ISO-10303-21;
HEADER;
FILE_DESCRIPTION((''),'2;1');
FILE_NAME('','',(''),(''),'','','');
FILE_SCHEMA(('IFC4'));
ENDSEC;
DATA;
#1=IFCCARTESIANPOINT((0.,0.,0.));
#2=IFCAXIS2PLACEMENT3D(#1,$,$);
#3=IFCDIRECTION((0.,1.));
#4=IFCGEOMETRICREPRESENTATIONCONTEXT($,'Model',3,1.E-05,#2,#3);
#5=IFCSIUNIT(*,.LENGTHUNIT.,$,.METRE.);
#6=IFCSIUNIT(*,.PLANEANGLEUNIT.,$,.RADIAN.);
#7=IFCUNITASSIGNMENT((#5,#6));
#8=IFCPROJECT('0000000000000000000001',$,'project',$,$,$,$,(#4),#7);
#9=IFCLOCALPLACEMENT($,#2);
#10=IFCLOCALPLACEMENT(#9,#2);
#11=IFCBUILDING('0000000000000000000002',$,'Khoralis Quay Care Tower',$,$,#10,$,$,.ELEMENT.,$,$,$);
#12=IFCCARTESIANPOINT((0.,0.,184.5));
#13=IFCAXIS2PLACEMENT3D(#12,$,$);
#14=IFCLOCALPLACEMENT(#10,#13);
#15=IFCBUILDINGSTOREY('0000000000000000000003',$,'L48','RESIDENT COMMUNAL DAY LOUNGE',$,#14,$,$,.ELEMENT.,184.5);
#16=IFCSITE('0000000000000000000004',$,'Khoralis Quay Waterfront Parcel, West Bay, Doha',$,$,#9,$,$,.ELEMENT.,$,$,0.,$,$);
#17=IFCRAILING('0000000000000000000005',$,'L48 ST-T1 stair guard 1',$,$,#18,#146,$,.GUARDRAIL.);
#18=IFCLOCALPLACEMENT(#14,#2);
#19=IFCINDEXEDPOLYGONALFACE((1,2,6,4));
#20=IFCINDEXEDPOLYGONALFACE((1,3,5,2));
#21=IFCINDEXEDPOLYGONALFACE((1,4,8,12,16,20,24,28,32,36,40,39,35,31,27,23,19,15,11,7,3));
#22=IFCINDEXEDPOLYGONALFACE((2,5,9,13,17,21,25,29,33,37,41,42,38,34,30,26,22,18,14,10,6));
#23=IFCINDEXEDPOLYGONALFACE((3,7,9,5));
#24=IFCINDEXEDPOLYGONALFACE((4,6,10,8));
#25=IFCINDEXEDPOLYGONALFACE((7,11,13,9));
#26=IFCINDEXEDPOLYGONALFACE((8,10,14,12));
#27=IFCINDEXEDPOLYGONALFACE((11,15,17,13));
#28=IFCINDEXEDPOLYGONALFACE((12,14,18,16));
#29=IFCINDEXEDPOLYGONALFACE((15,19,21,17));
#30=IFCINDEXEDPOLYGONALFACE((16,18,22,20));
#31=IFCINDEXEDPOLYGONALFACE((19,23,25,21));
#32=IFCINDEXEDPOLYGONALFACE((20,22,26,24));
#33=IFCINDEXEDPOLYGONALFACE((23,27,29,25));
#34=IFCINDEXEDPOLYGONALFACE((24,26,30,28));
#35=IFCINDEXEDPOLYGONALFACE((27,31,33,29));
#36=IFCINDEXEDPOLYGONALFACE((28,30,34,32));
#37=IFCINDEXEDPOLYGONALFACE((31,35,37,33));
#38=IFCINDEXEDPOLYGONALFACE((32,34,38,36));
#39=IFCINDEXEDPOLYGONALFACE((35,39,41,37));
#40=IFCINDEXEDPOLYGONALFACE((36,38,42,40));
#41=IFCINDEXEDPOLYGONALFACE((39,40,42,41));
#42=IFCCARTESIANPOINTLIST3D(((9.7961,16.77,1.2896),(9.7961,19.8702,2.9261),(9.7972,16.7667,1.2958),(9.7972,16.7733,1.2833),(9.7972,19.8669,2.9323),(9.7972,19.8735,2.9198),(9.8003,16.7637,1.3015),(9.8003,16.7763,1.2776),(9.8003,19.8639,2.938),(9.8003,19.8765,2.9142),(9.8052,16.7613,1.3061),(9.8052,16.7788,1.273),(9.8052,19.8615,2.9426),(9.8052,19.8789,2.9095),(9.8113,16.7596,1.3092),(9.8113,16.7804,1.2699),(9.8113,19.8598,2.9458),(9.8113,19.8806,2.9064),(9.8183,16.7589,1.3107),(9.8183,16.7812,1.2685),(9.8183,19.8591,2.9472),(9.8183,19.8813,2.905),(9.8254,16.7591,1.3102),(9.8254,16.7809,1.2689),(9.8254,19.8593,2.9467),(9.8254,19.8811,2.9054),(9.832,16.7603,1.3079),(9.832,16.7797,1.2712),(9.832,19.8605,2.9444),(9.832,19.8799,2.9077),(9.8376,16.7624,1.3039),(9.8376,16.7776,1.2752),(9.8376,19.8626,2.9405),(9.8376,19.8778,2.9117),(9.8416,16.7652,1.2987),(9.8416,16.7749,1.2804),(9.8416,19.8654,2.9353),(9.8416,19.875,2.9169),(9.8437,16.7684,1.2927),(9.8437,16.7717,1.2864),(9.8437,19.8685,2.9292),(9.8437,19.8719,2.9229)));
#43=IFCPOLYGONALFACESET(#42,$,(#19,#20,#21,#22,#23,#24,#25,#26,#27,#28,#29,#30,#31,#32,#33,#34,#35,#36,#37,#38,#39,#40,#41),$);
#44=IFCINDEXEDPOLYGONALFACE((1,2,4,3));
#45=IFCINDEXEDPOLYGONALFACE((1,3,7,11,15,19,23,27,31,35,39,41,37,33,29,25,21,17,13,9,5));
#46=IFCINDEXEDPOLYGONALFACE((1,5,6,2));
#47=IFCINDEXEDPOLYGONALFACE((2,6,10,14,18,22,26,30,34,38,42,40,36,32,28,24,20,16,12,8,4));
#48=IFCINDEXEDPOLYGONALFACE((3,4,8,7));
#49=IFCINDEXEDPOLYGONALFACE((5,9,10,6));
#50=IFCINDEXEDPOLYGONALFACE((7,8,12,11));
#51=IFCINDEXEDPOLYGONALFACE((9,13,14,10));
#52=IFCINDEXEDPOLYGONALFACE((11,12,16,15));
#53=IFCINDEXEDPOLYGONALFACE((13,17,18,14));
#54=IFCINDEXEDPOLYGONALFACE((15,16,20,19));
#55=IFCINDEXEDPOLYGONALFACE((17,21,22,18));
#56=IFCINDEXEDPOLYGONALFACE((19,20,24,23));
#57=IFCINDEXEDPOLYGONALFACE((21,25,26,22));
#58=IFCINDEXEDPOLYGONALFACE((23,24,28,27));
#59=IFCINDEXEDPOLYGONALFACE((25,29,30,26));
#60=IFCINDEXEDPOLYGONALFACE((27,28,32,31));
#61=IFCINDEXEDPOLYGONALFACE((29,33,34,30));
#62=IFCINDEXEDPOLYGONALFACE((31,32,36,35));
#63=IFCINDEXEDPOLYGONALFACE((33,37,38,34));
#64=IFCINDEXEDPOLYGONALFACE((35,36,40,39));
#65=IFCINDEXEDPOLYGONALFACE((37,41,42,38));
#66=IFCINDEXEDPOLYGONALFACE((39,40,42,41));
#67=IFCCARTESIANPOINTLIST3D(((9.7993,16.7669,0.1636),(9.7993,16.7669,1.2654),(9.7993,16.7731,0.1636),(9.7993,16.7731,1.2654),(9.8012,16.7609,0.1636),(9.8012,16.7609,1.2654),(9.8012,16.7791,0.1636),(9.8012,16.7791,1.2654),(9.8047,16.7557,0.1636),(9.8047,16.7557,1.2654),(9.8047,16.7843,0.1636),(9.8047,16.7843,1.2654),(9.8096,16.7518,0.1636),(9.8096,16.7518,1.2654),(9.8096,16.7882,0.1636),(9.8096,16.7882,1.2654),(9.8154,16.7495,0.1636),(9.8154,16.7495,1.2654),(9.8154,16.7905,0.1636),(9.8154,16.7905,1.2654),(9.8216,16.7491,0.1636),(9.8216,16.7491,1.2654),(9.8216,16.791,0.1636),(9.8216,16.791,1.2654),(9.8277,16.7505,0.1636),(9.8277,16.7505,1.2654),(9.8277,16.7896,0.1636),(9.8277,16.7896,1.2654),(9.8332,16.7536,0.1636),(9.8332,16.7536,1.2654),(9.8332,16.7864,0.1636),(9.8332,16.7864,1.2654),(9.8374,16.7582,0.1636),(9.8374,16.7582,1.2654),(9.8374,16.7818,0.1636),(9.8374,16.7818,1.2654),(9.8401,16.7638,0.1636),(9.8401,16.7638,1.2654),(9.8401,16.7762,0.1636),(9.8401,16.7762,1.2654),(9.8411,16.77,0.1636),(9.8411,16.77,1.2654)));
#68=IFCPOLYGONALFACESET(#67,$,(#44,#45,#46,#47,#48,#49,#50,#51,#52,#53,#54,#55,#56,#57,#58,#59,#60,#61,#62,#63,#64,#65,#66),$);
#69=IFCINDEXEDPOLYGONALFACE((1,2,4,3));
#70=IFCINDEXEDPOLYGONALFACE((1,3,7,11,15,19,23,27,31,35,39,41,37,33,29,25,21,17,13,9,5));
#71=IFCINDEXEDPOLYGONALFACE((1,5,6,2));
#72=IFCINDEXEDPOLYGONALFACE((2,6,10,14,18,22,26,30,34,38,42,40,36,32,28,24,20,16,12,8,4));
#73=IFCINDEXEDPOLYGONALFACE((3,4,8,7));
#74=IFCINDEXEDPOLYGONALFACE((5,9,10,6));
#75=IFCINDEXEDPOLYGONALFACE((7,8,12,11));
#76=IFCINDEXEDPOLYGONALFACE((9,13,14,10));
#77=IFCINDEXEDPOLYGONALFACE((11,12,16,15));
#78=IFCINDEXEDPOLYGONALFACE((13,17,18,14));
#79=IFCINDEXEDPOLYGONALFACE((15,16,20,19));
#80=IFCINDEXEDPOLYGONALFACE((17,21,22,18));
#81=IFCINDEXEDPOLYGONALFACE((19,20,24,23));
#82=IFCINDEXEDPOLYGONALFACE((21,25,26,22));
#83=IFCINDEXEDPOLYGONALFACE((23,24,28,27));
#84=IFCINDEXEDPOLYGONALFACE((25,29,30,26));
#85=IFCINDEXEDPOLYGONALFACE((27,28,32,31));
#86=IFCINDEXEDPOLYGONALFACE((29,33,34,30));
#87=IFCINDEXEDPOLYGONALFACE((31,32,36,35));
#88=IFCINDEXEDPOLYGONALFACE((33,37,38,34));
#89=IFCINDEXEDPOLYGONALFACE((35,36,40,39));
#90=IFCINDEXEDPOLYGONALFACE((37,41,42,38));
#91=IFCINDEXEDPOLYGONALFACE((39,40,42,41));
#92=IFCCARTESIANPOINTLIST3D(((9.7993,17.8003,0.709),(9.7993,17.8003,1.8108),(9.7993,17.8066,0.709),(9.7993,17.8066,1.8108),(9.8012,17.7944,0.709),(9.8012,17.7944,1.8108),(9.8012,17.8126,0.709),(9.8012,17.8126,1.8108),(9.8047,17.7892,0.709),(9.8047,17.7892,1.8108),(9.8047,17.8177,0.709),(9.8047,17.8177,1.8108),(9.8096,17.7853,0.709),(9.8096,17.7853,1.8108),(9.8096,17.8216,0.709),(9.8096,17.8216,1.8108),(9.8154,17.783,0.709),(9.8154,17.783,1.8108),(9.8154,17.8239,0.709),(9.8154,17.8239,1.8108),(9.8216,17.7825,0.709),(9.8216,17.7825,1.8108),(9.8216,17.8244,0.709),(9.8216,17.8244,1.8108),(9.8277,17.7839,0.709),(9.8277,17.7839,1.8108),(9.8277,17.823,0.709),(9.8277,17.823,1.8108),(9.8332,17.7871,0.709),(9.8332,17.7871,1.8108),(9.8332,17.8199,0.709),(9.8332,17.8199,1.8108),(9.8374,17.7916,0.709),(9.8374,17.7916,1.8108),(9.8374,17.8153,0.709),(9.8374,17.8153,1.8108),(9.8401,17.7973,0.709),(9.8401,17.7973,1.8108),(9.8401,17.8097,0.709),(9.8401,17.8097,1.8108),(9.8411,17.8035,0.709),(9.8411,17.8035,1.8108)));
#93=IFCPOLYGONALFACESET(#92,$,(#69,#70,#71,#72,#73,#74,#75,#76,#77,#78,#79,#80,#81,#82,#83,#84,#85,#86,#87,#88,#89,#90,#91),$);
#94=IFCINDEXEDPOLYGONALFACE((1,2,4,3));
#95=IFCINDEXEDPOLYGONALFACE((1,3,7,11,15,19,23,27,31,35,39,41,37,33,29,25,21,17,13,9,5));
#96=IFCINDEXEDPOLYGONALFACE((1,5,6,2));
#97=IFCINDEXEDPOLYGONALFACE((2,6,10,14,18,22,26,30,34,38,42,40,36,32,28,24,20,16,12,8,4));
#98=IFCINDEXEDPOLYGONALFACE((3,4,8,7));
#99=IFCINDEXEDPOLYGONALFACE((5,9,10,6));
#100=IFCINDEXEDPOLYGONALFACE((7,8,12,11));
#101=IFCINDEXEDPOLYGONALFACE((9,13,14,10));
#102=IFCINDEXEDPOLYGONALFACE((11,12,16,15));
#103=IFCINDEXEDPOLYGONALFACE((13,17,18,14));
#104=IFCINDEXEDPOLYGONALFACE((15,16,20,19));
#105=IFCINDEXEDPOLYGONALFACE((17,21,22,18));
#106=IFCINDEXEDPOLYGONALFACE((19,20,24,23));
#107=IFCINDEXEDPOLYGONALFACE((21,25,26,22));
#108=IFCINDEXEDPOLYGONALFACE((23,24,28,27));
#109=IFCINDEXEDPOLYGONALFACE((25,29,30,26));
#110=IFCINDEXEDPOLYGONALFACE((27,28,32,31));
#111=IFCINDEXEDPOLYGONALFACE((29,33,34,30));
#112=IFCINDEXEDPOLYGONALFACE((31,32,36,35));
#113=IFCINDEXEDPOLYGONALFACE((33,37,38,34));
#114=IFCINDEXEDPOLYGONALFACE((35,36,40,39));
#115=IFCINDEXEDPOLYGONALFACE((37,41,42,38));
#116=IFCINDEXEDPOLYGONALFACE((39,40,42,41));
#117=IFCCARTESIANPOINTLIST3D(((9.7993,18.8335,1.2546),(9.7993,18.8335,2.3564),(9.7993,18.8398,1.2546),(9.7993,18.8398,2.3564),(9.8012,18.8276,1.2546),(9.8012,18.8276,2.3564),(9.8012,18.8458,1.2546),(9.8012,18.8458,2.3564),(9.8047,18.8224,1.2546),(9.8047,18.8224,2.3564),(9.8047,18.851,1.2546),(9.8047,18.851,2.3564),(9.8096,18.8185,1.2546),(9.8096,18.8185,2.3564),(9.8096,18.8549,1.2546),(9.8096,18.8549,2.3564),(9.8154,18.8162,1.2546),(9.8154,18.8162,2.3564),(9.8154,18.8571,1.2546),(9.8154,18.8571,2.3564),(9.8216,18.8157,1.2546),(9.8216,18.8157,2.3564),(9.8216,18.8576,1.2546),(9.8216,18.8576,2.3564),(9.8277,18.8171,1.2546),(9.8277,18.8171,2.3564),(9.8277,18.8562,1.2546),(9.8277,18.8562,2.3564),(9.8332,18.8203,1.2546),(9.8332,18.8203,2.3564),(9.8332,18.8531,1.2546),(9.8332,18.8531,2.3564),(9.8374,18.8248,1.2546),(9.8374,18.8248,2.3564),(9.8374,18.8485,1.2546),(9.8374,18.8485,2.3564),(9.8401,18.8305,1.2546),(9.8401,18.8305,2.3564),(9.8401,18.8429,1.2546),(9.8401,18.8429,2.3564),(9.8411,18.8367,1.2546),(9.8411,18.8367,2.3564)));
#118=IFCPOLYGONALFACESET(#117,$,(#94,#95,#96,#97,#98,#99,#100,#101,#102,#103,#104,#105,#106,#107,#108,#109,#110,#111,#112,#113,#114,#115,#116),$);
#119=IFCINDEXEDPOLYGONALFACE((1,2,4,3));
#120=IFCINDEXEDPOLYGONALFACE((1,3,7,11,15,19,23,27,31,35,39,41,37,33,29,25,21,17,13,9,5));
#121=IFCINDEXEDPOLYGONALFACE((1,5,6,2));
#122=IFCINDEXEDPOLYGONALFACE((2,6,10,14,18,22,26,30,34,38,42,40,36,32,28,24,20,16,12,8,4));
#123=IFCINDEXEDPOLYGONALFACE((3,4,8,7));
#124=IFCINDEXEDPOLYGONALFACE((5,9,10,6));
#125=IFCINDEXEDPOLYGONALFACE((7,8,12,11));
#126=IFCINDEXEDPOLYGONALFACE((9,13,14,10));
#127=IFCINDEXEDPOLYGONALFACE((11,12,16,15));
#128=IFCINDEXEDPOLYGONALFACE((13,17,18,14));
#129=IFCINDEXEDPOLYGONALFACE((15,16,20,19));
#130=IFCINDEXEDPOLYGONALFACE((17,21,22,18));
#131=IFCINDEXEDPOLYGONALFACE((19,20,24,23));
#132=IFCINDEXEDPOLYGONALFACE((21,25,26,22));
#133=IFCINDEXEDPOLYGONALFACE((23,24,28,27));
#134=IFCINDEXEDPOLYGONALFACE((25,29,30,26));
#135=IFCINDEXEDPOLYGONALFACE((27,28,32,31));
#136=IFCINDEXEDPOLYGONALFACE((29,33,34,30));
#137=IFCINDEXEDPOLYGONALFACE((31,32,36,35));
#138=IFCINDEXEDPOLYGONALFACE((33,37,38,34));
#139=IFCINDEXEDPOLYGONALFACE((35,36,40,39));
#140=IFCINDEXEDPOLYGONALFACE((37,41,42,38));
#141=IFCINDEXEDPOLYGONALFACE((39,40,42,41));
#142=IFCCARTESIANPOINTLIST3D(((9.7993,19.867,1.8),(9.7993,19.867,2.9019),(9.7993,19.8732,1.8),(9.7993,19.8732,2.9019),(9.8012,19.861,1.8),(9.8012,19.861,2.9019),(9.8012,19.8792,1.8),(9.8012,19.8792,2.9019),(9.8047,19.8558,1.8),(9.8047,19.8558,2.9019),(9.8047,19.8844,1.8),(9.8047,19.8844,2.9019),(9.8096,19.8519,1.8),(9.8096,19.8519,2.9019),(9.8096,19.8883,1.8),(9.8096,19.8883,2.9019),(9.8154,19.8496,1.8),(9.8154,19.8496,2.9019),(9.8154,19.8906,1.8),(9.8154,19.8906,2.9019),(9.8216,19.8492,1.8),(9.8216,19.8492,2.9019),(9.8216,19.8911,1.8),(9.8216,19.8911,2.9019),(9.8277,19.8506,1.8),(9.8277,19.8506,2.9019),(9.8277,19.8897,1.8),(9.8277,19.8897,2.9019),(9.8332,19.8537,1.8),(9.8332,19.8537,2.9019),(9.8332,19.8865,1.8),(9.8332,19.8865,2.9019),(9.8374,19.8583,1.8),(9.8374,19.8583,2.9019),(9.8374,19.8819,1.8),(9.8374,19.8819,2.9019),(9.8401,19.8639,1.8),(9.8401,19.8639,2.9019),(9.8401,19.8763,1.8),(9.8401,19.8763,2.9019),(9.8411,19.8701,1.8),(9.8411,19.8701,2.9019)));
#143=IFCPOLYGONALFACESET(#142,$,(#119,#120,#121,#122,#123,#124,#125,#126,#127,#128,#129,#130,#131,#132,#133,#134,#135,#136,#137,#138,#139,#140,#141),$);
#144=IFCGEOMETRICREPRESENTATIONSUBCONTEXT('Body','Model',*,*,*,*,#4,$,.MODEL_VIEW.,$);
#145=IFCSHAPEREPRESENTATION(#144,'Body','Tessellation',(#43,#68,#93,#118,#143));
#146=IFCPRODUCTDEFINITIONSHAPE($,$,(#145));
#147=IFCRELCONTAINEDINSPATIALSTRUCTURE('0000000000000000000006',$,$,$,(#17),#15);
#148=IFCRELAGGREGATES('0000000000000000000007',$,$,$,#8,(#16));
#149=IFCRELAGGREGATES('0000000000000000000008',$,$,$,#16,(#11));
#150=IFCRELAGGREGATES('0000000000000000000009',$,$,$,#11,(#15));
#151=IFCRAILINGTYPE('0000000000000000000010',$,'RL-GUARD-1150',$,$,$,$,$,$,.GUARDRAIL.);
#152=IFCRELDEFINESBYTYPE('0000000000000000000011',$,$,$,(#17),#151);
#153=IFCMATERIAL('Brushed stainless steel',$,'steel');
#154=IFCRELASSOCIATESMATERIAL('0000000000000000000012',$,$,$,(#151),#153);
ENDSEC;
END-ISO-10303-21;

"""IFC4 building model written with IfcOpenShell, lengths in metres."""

from ifc_helpers import new_model, si_unit, direction, frame, origin, origin_2d, place, context, subcontext, project, spatial, circle, extrude, material, type_object, element, save


model = new_model("IFC4")

# Units and contexts
model_context = context("Model", 3, precision=1e-05, world=origin(), true_north=direction((0.0, 1.0)))
body_context = subcontext(model_context, "Body", "Model", "MODEL_VIEW")
ifc_project = project(units=[si_unit("LENGTHUNIT", "METRE"), si_unit("PLANEANGLEUNIT", "RADIAN")], contexts=[model_context])

# Site, building, storey
site_placement = place(None, origin())
site = spatial("IfcSite", under=ifc_project, at=site_placement, Name="Khoralis Quay Waterfront Parcel, West Bay, Doha", CompositionType="ELEMENT", RefElevation=0.0)
building_placement = place(site_placement, origin())
building = spatial("IfcBuilding", under=site, at=building_placement, Name="Khoralis Quay Care Tower", CompositionType="ELEMENT")
storey_placement = place(building_placement, frame((0.0, 0.0, 184.5)))
storey = spatial("IfcBuildingStorey", under=building, at=storey_placement, Name="L48", Description="RESIDENT COMMUNAL DAY LOUNGE", CompositionType="ELEMENT", Elevation=184.5)

# Railing
ifc_material_1 = material(Name="Brushed stainless steel", Category="steel")
railing_type_1 = type_object("IfcRailingType", Name="RL-GUARD-1150", PredefinedType="GUARDRAIL", material=ifc_material_1)
railing_1_placement = place(storey_placement, frame((9.8201, 16.77, 0.1636)))
element("IfcRailing", 1, at=railing_1_placement, inside=storey, type_object=railing_type_1, Name="L48 ST-T1 stair guard 1", PredefinedType="GUARDRAIL", context=body_context, shape_type="SweptSolid", body=[
    extrude(circle(Radius=0.0239, at=origin_2d()), frame((0.0, 0.0, 1.126), z_axis=(0.0, 0.884348, 0.466828), x_axis=(-1.0, 0.0, 0.0)), (0.0, 0.0, 1.0), 3.5056),
    extrude(circle(Radius=0.021, at=origin_2d()), origin(), (0.0, 0.0, 1.0), 1.1018),
    extrude(circle(Radius=0.021, at=origin_2d()), frame((0.0, 1.0334, 0.5454)), (0.0, 0.0, 1.0), 1.1018),
    extrude(circle(Radius=0.021, at=origin_2d()), frame((0.0, 2.0667, 1.0911)), (0.0, 0.0, 1.0), 1.1018),
    extrude(circle(Radius=0.021, at=origin_2d()), frame((0.0, 3.1001, 1.6365)), (0.0, 0.0, 1.0), 1.1018),
])

save(model, "model.ifc")
